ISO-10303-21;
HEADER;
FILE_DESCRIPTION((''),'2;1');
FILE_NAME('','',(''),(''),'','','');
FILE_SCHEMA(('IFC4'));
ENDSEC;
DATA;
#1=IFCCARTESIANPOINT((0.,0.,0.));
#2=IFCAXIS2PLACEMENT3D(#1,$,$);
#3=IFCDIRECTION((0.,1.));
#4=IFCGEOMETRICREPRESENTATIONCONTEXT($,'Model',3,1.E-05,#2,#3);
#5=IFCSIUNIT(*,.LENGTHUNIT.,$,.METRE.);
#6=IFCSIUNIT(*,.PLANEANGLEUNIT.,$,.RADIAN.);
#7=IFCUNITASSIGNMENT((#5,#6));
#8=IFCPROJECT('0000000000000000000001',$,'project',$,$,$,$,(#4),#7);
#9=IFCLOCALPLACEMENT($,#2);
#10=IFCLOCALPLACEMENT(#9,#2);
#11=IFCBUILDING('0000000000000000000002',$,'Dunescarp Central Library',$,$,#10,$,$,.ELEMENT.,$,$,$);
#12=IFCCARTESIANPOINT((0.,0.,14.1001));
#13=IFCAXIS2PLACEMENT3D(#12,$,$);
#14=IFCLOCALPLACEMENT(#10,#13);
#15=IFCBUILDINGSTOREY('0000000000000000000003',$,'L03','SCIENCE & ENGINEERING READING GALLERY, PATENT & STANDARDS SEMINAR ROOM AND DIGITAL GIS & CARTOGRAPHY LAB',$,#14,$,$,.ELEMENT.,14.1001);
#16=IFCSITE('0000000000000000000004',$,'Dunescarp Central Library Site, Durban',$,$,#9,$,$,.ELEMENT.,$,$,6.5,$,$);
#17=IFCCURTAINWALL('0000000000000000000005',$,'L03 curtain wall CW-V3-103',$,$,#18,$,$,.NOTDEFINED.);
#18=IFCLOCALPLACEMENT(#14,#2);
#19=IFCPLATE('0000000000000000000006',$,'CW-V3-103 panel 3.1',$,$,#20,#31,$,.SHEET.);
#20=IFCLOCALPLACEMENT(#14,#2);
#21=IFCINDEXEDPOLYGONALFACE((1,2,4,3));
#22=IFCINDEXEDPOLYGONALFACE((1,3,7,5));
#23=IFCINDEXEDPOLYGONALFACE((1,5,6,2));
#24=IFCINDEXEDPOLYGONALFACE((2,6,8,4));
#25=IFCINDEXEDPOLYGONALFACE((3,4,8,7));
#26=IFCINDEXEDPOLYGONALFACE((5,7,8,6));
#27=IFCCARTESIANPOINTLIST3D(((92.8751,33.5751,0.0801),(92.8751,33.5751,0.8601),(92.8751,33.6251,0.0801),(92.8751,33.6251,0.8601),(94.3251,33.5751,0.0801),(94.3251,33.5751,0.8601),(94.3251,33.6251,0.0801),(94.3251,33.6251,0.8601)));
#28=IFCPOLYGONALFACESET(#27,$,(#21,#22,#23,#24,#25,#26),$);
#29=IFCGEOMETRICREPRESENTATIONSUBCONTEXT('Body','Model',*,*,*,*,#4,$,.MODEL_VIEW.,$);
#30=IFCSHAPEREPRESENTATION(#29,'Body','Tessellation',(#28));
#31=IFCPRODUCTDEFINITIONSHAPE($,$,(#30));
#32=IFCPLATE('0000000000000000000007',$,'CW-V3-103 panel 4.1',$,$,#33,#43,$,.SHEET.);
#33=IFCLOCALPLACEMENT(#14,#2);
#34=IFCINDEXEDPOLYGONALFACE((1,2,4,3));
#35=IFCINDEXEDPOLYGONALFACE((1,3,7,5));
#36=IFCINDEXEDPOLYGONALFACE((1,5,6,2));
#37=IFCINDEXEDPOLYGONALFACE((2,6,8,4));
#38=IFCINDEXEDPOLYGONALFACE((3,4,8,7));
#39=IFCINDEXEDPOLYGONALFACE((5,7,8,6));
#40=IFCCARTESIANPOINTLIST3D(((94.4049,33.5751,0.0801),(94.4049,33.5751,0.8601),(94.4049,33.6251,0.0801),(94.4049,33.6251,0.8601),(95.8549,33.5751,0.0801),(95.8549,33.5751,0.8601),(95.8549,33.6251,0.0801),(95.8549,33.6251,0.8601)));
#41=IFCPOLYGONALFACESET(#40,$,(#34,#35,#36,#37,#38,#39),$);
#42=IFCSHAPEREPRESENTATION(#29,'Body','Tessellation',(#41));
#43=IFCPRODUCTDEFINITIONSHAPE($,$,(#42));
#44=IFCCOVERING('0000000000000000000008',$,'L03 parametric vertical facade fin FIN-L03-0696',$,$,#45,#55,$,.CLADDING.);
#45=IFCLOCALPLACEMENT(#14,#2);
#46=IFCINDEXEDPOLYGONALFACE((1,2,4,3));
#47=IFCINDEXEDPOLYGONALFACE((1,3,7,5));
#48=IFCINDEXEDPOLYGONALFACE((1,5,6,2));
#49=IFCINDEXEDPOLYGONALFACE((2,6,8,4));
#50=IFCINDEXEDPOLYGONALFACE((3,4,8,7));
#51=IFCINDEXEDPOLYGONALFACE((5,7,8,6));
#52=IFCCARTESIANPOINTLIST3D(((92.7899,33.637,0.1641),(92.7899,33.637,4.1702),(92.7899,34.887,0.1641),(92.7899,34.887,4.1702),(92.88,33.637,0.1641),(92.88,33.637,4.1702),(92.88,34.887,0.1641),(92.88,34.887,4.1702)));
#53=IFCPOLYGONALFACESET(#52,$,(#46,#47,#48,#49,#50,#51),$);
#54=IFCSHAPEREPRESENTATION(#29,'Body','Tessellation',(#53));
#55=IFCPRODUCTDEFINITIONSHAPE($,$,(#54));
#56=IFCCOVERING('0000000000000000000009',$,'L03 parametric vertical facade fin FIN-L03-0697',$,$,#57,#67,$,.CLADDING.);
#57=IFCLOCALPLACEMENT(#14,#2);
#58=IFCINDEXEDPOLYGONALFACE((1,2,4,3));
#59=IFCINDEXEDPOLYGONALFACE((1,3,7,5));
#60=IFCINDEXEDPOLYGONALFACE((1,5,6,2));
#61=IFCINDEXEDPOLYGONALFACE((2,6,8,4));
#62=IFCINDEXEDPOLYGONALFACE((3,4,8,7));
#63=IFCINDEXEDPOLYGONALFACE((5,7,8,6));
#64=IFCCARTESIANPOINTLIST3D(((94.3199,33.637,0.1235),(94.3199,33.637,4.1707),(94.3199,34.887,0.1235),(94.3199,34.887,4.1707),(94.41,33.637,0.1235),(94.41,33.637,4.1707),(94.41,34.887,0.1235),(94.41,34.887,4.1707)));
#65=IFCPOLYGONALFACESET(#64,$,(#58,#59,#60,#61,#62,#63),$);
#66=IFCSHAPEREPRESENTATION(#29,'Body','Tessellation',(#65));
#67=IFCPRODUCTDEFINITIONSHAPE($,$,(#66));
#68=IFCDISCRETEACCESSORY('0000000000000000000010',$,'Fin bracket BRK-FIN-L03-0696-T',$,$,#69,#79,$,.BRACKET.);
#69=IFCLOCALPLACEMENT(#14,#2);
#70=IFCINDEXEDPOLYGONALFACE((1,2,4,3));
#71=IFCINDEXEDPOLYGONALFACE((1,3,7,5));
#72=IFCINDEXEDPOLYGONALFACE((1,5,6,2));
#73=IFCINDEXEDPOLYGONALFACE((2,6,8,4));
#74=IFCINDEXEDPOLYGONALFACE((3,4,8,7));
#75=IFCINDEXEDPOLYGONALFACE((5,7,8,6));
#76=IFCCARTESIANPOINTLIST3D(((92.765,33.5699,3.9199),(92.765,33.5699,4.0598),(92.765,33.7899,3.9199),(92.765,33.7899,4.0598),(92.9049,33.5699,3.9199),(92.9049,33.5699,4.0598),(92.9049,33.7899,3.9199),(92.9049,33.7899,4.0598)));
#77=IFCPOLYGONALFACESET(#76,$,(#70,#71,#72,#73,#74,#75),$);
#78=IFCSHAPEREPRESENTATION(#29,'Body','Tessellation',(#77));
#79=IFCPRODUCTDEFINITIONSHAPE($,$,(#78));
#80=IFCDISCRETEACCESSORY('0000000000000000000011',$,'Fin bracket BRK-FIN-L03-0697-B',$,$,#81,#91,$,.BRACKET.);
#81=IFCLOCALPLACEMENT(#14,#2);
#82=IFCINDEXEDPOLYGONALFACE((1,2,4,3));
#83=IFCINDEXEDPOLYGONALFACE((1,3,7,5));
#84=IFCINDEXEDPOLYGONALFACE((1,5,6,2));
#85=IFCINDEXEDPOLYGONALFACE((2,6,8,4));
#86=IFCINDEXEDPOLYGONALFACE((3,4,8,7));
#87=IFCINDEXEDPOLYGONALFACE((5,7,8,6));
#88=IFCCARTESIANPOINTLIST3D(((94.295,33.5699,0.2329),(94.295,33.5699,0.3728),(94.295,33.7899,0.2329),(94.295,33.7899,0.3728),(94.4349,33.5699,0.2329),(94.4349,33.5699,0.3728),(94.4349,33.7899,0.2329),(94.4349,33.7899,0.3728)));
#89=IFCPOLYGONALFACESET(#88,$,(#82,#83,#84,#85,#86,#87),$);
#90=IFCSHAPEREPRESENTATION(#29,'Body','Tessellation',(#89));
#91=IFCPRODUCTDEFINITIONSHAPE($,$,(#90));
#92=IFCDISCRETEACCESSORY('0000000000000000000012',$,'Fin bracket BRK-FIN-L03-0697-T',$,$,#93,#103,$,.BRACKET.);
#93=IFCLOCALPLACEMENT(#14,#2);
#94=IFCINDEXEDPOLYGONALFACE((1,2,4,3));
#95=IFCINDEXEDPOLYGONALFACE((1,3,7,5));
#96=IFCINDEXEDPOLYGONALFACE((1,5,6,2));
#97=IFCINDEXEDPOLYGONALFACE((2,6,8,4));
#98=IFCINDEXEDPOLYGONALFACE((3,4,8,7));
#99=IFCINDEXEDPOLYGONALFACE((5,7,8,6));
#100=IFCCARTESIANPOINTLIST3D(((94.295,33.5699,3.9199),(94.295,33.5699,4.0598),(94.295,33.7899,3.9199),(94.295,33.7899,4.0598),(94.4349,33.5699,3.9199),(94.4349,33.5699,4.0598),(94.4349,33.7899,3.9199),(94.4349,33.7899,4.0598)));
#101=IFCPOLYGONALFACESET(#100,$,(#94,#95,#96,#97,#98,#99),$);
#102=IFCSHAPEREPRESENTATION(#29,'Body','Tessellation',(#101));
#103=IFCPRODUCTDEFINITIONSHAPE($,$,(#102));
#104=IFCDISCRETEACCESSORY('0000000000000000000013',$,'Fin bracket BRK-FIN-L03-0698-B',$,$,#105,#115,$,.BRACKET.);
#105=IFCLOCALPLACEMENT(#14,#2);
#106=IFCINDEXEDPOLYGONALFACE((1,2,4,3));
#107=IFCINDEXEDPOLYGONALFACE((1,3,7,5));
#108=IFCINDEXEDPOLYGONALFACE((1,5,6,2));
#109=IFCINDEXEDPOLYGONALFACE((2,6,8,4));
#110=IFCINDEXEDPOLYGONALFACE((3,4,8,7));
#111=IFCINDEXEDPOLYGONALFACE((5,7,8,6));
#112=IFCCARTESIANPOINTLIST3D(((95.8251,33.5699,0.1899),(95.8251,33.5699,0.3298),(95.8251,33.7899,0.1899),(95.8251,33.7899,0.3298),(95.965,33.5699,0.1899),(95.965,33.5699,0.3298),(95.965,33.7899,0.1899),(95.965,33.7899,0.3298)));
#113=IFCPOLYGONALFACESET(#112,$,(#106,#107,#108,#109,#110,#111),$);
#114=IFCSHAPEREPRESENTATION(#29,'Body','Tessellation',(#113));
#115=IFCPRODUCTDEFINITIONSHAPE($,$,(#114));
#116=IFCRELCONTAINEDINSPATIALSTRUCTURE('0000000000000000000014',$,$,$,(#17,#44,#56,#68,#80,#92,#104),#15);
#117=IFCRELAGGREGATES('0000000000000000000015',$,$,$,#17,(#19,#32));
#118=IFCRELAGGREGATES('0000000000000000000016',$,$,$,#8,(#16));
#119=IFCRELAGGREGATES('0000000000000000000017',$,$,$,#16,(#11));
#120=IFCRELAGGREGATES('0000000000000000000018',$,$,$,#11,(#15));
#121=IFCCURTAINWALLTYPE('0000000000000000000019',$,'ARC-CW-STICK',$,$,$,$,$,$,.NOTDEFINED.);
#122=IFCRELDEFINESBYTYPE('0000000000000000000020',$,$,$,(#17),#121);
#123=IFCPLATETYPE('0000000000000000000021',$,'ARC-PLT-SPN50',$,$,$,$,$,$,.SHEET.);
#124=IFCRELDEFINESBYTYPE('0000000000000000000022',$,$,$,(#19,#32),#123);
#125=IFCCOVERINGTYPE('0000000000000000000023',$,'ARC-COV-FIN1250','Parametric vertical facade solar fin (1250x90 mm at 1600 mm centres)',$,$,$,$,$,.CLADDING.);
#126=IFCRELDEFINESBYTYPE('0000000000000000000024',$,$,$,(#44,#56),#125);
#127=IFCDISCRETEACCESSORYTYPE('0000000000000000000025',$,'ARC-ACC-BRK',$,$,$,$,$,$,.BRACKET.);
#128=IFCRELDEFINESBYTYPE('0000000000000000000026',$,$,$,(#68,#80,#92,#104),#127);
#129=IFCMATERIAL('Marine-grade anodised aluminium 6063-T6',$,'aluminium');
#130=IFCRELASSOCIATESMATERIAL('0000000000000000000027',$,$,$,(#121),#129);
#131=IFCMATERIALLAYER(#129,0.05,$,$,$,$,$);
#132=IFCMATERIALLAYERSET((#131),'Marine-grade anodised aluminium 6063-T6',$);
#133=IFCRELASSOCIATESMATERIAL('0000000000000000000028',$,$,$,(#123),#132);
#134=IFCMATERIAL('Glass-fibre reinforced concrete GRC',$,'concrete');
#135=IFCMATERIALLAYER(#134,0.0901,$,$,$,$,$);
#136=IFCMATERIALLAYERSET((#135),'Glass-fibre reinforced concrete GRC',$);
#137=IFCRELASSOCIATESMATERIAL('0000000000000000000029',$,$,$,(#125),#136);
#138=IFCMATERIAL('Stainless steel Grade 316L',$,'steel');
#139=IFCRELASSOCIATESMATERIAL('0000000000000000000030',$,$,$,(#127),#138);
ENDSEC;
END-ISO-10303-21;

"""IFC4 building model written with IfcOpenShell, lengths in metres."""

from ifc_helpers import new_model, si_unit, direction, frame, origin, origin_2d, place, context, subcontext, project, spatial, rectangle, extrude, material, layer, layer_set, type_object, element, aggregate, save


model = new_model("IFC4")

# Units and contexts
model_context = context("Model", 3, precision=1e-05, world=origin(), true_north=direction((0.0, 1.0)))
body_context = subcontext(model_context, "Body", "Model", "MODEL_VIEW")
ifc_project = project(units=[si_unit("LENGTHUNIT", "METRE"), si_unit("PLANEANGLEUNIT", "RADIAN")], contexts=[model_context])

# Site, building, storey
site_placement = place(None, origin())
site = spatial("IfcSite", under=ifc_project, at=site_placement, Name="Dunescarp Central Library Site, Durban", CompositionType="ELEMENT", RefElevation=6.5)
building_placement = place(site_placement, origin())
building = spatial("IfcBuilding", under=site, at=building_placement, Name="Dunescarp Central Library", CompositionType="ELEMENT")
storey_placement = place(building_placement, frame((0.0, 0.0, 14.1001)))
storey = spatial("IfcBuildingStorey", under=building, at=storey_placement, Name="L03", Description="SCIENCE & ENGINEERING READING GALLERY, PATENT & STANDARDS SEMINAR ROOM AND DIGITAL GIS & CARTOGRAPHY LAB", CompositionType="ELEMENT", Elevation=14.1001)

# Curtain wall, plates
ifc_material_1 = material(Name="Marine-grade anodised aluminium 6063-T6", Category="aluminium")
curtain_wall_type = type_object("IfcCurtainWallType", Name="ARC-CW-STICK", PredefinedType="NOTDEFINED", material=ifc_material_1)
curtain_wall_placement = place(storey_placement, origin())
curtain_wall = element("IfcCurtainWall", 1, at=curtain_wall_placement, inside=storey, type_object=curtain_wall_type, Name="L03 curtain wall CW-V3-103", PredefinedType="NOTDEFINED")
ifc_layer_1 = layer(ifc_material_1, 0.05)
ifc_layer_set_1 = layer_set([ifc_layer_1], Name="Marine-grade anodised aluminium 6063-T6")
plate_type_1 = type_object("IfcPlateType", Name="ARC-PLT-SPN50", PredefinedType="SHEET", material=ifc_layer_set_1)
plate_1_placement = place(storey_placement, frame((93.6001, 33.6001, 0.0801), z_axis=(0.0, 0.0, 1.0), x_axis=(1.0, 0.0, 0.0)))
plate_1 = element("IfcPlate", 2, at=plate_1_placement, type_object=plate_type_1, Name="CW-V3-103 panel 3.1", PredefinedType="SHEET", context=body_context, shape_type="SweptSolid", body=[
    extrude(rectangle(XDim=1.45, YDim=0.05, at=origin_2d()), origin(), (0.0, 0.0, 1.0), 0.78),
])
plate_2_placement = place(storey_placement, frame((95.1299, 33.6001, 0.0801), z_axis=(0.0, 0.0, 1.0), x_axis=(1.0, 0.0, 0.0)))
plate_2 = element("IfcPlate", 3, at=plate_2_placement, type_object=plate_type_1, Name="CW-V3-103 panel 4.1", PredefinedType="SHEET", context=body_context, shape_type="SweptSolid", body=[
    extrude(rectangle(XDim=1.45, YDim=0.05, at=origin_2d()), origin(), (0.0, 0.0, 1.0), 0.78),
])
aggregate(curtain_wall, [plate_1, plate_2])

# Coverings
ifc_material_2 = material(Name="Glass-fibre reinforced concrete GRC", Category="concrete")
ifc_layer_2 = layer(ifc_material_2, 0.0901)
ifc_layer_set_2 = layer_set([ifc_layer_2], Name="Glass-fibre reinforced concrete GRC")
covering_type = type_object("IfcCoveringType", Name="ARC-COV-FIN1250", Description="Parametric vertical facade solar fin (1250x90 mm at 1600 mm centres)", PredefinedType="CLADDING", material=ifc_layer_set_2)
covering_1_placement = place(storey_placement, frame((92.835, 34.262, 0.1641), z_axis=(0.0, 0.0, 1.0), x_axis=(0.0, 1.0, 0.0)))
element("IfcCovering", 4, at=covering_1_placement, inside=storey, type_object=covering_type, Name="L03 parametric vertical facade fin FIN-L03-0696", PredefinedType="CLADDING", context=body_context, shape_type="SweptSolid", body=[
    extrude(rectangle(XDim=1.25, YDim=0.0901, at=origin_2d()), origin(), (0.0, 0.0, 1.0), 4.0061),
])
covering_2_placement = place(storey_placement, frame((94.365, 34.262, 0.1235), z_axis=(0.0, 0.0, 1.0), x_axis=(0.0, 1.0, 0.0)))
element("IfcCovering", 5, at=covering_2_placement, inside=storey, type_object=covering_type, Name="L03 parametric vertical facade fin FIN-L03-0697", PredefinedType="CLADDING", context=body_context, shape_type="SweptSolid", body=[
    extrude(rectangle(XDim=1.25, YDim=0.0901, at=origin_2d()), origin(), (0.0, 0.0, 1.0), 4.0471),
])

# Discrete accessories
ifc_material_3 = material(Name="Stainless steel Grade 316L", Category="steel")
discrete_accessory_type = type_object("IfcDiscreteAccessoryType", Name="ARC-ACC-BRK", PredefinedType="BRACKET", material=ifc_material_3)
for number, where, z_axis, x_axis, name in (
    (6, (92.835, 33.6799, 3.9199), (0.0, 0.0, 1.0), (0.0, 1.0, 0.0), "Fin bracket BRK-FIN-L03-0696-T"),
    (7, (94.365, 33.6799, 0.2329), (0.0, 0.0, 1.0), (0.0, 1.0, 0.0), "Fin bracket BRK-FIN-L03-0697-B"),
    (8, (94.365, 33.6799, 3.9199), (0.0, 0.0, 1.0), (0.0, 1.0, 0.0), "Fin bracket BRK-FIN-L03-0697-T"),
    (9, (95.895, 33.6799, 0.1899), (0.0, 0.0, 1.0), (0.0, 1.0, 0.0), "Fin bracket BRK-FIN-L03-0698-B"),
):
    element("IfcDiscreteAccessory", number, at=place(storey_placement, frame(where, z_axis=z_axis, x_axis=x_axis)), inside=storey, type_object=discrete_accessory_type, Name=name, PredefinedType="BRACKET", context=body_context, shape_type="SweptSolid", body=[
        extrude(rectangle(XDim=0.22, YDim=0.1399, at=origin_2d()), origin(), (0.0, 0.0, 1.0), 0.1399),
    ])

save(model, "model.ifc")
